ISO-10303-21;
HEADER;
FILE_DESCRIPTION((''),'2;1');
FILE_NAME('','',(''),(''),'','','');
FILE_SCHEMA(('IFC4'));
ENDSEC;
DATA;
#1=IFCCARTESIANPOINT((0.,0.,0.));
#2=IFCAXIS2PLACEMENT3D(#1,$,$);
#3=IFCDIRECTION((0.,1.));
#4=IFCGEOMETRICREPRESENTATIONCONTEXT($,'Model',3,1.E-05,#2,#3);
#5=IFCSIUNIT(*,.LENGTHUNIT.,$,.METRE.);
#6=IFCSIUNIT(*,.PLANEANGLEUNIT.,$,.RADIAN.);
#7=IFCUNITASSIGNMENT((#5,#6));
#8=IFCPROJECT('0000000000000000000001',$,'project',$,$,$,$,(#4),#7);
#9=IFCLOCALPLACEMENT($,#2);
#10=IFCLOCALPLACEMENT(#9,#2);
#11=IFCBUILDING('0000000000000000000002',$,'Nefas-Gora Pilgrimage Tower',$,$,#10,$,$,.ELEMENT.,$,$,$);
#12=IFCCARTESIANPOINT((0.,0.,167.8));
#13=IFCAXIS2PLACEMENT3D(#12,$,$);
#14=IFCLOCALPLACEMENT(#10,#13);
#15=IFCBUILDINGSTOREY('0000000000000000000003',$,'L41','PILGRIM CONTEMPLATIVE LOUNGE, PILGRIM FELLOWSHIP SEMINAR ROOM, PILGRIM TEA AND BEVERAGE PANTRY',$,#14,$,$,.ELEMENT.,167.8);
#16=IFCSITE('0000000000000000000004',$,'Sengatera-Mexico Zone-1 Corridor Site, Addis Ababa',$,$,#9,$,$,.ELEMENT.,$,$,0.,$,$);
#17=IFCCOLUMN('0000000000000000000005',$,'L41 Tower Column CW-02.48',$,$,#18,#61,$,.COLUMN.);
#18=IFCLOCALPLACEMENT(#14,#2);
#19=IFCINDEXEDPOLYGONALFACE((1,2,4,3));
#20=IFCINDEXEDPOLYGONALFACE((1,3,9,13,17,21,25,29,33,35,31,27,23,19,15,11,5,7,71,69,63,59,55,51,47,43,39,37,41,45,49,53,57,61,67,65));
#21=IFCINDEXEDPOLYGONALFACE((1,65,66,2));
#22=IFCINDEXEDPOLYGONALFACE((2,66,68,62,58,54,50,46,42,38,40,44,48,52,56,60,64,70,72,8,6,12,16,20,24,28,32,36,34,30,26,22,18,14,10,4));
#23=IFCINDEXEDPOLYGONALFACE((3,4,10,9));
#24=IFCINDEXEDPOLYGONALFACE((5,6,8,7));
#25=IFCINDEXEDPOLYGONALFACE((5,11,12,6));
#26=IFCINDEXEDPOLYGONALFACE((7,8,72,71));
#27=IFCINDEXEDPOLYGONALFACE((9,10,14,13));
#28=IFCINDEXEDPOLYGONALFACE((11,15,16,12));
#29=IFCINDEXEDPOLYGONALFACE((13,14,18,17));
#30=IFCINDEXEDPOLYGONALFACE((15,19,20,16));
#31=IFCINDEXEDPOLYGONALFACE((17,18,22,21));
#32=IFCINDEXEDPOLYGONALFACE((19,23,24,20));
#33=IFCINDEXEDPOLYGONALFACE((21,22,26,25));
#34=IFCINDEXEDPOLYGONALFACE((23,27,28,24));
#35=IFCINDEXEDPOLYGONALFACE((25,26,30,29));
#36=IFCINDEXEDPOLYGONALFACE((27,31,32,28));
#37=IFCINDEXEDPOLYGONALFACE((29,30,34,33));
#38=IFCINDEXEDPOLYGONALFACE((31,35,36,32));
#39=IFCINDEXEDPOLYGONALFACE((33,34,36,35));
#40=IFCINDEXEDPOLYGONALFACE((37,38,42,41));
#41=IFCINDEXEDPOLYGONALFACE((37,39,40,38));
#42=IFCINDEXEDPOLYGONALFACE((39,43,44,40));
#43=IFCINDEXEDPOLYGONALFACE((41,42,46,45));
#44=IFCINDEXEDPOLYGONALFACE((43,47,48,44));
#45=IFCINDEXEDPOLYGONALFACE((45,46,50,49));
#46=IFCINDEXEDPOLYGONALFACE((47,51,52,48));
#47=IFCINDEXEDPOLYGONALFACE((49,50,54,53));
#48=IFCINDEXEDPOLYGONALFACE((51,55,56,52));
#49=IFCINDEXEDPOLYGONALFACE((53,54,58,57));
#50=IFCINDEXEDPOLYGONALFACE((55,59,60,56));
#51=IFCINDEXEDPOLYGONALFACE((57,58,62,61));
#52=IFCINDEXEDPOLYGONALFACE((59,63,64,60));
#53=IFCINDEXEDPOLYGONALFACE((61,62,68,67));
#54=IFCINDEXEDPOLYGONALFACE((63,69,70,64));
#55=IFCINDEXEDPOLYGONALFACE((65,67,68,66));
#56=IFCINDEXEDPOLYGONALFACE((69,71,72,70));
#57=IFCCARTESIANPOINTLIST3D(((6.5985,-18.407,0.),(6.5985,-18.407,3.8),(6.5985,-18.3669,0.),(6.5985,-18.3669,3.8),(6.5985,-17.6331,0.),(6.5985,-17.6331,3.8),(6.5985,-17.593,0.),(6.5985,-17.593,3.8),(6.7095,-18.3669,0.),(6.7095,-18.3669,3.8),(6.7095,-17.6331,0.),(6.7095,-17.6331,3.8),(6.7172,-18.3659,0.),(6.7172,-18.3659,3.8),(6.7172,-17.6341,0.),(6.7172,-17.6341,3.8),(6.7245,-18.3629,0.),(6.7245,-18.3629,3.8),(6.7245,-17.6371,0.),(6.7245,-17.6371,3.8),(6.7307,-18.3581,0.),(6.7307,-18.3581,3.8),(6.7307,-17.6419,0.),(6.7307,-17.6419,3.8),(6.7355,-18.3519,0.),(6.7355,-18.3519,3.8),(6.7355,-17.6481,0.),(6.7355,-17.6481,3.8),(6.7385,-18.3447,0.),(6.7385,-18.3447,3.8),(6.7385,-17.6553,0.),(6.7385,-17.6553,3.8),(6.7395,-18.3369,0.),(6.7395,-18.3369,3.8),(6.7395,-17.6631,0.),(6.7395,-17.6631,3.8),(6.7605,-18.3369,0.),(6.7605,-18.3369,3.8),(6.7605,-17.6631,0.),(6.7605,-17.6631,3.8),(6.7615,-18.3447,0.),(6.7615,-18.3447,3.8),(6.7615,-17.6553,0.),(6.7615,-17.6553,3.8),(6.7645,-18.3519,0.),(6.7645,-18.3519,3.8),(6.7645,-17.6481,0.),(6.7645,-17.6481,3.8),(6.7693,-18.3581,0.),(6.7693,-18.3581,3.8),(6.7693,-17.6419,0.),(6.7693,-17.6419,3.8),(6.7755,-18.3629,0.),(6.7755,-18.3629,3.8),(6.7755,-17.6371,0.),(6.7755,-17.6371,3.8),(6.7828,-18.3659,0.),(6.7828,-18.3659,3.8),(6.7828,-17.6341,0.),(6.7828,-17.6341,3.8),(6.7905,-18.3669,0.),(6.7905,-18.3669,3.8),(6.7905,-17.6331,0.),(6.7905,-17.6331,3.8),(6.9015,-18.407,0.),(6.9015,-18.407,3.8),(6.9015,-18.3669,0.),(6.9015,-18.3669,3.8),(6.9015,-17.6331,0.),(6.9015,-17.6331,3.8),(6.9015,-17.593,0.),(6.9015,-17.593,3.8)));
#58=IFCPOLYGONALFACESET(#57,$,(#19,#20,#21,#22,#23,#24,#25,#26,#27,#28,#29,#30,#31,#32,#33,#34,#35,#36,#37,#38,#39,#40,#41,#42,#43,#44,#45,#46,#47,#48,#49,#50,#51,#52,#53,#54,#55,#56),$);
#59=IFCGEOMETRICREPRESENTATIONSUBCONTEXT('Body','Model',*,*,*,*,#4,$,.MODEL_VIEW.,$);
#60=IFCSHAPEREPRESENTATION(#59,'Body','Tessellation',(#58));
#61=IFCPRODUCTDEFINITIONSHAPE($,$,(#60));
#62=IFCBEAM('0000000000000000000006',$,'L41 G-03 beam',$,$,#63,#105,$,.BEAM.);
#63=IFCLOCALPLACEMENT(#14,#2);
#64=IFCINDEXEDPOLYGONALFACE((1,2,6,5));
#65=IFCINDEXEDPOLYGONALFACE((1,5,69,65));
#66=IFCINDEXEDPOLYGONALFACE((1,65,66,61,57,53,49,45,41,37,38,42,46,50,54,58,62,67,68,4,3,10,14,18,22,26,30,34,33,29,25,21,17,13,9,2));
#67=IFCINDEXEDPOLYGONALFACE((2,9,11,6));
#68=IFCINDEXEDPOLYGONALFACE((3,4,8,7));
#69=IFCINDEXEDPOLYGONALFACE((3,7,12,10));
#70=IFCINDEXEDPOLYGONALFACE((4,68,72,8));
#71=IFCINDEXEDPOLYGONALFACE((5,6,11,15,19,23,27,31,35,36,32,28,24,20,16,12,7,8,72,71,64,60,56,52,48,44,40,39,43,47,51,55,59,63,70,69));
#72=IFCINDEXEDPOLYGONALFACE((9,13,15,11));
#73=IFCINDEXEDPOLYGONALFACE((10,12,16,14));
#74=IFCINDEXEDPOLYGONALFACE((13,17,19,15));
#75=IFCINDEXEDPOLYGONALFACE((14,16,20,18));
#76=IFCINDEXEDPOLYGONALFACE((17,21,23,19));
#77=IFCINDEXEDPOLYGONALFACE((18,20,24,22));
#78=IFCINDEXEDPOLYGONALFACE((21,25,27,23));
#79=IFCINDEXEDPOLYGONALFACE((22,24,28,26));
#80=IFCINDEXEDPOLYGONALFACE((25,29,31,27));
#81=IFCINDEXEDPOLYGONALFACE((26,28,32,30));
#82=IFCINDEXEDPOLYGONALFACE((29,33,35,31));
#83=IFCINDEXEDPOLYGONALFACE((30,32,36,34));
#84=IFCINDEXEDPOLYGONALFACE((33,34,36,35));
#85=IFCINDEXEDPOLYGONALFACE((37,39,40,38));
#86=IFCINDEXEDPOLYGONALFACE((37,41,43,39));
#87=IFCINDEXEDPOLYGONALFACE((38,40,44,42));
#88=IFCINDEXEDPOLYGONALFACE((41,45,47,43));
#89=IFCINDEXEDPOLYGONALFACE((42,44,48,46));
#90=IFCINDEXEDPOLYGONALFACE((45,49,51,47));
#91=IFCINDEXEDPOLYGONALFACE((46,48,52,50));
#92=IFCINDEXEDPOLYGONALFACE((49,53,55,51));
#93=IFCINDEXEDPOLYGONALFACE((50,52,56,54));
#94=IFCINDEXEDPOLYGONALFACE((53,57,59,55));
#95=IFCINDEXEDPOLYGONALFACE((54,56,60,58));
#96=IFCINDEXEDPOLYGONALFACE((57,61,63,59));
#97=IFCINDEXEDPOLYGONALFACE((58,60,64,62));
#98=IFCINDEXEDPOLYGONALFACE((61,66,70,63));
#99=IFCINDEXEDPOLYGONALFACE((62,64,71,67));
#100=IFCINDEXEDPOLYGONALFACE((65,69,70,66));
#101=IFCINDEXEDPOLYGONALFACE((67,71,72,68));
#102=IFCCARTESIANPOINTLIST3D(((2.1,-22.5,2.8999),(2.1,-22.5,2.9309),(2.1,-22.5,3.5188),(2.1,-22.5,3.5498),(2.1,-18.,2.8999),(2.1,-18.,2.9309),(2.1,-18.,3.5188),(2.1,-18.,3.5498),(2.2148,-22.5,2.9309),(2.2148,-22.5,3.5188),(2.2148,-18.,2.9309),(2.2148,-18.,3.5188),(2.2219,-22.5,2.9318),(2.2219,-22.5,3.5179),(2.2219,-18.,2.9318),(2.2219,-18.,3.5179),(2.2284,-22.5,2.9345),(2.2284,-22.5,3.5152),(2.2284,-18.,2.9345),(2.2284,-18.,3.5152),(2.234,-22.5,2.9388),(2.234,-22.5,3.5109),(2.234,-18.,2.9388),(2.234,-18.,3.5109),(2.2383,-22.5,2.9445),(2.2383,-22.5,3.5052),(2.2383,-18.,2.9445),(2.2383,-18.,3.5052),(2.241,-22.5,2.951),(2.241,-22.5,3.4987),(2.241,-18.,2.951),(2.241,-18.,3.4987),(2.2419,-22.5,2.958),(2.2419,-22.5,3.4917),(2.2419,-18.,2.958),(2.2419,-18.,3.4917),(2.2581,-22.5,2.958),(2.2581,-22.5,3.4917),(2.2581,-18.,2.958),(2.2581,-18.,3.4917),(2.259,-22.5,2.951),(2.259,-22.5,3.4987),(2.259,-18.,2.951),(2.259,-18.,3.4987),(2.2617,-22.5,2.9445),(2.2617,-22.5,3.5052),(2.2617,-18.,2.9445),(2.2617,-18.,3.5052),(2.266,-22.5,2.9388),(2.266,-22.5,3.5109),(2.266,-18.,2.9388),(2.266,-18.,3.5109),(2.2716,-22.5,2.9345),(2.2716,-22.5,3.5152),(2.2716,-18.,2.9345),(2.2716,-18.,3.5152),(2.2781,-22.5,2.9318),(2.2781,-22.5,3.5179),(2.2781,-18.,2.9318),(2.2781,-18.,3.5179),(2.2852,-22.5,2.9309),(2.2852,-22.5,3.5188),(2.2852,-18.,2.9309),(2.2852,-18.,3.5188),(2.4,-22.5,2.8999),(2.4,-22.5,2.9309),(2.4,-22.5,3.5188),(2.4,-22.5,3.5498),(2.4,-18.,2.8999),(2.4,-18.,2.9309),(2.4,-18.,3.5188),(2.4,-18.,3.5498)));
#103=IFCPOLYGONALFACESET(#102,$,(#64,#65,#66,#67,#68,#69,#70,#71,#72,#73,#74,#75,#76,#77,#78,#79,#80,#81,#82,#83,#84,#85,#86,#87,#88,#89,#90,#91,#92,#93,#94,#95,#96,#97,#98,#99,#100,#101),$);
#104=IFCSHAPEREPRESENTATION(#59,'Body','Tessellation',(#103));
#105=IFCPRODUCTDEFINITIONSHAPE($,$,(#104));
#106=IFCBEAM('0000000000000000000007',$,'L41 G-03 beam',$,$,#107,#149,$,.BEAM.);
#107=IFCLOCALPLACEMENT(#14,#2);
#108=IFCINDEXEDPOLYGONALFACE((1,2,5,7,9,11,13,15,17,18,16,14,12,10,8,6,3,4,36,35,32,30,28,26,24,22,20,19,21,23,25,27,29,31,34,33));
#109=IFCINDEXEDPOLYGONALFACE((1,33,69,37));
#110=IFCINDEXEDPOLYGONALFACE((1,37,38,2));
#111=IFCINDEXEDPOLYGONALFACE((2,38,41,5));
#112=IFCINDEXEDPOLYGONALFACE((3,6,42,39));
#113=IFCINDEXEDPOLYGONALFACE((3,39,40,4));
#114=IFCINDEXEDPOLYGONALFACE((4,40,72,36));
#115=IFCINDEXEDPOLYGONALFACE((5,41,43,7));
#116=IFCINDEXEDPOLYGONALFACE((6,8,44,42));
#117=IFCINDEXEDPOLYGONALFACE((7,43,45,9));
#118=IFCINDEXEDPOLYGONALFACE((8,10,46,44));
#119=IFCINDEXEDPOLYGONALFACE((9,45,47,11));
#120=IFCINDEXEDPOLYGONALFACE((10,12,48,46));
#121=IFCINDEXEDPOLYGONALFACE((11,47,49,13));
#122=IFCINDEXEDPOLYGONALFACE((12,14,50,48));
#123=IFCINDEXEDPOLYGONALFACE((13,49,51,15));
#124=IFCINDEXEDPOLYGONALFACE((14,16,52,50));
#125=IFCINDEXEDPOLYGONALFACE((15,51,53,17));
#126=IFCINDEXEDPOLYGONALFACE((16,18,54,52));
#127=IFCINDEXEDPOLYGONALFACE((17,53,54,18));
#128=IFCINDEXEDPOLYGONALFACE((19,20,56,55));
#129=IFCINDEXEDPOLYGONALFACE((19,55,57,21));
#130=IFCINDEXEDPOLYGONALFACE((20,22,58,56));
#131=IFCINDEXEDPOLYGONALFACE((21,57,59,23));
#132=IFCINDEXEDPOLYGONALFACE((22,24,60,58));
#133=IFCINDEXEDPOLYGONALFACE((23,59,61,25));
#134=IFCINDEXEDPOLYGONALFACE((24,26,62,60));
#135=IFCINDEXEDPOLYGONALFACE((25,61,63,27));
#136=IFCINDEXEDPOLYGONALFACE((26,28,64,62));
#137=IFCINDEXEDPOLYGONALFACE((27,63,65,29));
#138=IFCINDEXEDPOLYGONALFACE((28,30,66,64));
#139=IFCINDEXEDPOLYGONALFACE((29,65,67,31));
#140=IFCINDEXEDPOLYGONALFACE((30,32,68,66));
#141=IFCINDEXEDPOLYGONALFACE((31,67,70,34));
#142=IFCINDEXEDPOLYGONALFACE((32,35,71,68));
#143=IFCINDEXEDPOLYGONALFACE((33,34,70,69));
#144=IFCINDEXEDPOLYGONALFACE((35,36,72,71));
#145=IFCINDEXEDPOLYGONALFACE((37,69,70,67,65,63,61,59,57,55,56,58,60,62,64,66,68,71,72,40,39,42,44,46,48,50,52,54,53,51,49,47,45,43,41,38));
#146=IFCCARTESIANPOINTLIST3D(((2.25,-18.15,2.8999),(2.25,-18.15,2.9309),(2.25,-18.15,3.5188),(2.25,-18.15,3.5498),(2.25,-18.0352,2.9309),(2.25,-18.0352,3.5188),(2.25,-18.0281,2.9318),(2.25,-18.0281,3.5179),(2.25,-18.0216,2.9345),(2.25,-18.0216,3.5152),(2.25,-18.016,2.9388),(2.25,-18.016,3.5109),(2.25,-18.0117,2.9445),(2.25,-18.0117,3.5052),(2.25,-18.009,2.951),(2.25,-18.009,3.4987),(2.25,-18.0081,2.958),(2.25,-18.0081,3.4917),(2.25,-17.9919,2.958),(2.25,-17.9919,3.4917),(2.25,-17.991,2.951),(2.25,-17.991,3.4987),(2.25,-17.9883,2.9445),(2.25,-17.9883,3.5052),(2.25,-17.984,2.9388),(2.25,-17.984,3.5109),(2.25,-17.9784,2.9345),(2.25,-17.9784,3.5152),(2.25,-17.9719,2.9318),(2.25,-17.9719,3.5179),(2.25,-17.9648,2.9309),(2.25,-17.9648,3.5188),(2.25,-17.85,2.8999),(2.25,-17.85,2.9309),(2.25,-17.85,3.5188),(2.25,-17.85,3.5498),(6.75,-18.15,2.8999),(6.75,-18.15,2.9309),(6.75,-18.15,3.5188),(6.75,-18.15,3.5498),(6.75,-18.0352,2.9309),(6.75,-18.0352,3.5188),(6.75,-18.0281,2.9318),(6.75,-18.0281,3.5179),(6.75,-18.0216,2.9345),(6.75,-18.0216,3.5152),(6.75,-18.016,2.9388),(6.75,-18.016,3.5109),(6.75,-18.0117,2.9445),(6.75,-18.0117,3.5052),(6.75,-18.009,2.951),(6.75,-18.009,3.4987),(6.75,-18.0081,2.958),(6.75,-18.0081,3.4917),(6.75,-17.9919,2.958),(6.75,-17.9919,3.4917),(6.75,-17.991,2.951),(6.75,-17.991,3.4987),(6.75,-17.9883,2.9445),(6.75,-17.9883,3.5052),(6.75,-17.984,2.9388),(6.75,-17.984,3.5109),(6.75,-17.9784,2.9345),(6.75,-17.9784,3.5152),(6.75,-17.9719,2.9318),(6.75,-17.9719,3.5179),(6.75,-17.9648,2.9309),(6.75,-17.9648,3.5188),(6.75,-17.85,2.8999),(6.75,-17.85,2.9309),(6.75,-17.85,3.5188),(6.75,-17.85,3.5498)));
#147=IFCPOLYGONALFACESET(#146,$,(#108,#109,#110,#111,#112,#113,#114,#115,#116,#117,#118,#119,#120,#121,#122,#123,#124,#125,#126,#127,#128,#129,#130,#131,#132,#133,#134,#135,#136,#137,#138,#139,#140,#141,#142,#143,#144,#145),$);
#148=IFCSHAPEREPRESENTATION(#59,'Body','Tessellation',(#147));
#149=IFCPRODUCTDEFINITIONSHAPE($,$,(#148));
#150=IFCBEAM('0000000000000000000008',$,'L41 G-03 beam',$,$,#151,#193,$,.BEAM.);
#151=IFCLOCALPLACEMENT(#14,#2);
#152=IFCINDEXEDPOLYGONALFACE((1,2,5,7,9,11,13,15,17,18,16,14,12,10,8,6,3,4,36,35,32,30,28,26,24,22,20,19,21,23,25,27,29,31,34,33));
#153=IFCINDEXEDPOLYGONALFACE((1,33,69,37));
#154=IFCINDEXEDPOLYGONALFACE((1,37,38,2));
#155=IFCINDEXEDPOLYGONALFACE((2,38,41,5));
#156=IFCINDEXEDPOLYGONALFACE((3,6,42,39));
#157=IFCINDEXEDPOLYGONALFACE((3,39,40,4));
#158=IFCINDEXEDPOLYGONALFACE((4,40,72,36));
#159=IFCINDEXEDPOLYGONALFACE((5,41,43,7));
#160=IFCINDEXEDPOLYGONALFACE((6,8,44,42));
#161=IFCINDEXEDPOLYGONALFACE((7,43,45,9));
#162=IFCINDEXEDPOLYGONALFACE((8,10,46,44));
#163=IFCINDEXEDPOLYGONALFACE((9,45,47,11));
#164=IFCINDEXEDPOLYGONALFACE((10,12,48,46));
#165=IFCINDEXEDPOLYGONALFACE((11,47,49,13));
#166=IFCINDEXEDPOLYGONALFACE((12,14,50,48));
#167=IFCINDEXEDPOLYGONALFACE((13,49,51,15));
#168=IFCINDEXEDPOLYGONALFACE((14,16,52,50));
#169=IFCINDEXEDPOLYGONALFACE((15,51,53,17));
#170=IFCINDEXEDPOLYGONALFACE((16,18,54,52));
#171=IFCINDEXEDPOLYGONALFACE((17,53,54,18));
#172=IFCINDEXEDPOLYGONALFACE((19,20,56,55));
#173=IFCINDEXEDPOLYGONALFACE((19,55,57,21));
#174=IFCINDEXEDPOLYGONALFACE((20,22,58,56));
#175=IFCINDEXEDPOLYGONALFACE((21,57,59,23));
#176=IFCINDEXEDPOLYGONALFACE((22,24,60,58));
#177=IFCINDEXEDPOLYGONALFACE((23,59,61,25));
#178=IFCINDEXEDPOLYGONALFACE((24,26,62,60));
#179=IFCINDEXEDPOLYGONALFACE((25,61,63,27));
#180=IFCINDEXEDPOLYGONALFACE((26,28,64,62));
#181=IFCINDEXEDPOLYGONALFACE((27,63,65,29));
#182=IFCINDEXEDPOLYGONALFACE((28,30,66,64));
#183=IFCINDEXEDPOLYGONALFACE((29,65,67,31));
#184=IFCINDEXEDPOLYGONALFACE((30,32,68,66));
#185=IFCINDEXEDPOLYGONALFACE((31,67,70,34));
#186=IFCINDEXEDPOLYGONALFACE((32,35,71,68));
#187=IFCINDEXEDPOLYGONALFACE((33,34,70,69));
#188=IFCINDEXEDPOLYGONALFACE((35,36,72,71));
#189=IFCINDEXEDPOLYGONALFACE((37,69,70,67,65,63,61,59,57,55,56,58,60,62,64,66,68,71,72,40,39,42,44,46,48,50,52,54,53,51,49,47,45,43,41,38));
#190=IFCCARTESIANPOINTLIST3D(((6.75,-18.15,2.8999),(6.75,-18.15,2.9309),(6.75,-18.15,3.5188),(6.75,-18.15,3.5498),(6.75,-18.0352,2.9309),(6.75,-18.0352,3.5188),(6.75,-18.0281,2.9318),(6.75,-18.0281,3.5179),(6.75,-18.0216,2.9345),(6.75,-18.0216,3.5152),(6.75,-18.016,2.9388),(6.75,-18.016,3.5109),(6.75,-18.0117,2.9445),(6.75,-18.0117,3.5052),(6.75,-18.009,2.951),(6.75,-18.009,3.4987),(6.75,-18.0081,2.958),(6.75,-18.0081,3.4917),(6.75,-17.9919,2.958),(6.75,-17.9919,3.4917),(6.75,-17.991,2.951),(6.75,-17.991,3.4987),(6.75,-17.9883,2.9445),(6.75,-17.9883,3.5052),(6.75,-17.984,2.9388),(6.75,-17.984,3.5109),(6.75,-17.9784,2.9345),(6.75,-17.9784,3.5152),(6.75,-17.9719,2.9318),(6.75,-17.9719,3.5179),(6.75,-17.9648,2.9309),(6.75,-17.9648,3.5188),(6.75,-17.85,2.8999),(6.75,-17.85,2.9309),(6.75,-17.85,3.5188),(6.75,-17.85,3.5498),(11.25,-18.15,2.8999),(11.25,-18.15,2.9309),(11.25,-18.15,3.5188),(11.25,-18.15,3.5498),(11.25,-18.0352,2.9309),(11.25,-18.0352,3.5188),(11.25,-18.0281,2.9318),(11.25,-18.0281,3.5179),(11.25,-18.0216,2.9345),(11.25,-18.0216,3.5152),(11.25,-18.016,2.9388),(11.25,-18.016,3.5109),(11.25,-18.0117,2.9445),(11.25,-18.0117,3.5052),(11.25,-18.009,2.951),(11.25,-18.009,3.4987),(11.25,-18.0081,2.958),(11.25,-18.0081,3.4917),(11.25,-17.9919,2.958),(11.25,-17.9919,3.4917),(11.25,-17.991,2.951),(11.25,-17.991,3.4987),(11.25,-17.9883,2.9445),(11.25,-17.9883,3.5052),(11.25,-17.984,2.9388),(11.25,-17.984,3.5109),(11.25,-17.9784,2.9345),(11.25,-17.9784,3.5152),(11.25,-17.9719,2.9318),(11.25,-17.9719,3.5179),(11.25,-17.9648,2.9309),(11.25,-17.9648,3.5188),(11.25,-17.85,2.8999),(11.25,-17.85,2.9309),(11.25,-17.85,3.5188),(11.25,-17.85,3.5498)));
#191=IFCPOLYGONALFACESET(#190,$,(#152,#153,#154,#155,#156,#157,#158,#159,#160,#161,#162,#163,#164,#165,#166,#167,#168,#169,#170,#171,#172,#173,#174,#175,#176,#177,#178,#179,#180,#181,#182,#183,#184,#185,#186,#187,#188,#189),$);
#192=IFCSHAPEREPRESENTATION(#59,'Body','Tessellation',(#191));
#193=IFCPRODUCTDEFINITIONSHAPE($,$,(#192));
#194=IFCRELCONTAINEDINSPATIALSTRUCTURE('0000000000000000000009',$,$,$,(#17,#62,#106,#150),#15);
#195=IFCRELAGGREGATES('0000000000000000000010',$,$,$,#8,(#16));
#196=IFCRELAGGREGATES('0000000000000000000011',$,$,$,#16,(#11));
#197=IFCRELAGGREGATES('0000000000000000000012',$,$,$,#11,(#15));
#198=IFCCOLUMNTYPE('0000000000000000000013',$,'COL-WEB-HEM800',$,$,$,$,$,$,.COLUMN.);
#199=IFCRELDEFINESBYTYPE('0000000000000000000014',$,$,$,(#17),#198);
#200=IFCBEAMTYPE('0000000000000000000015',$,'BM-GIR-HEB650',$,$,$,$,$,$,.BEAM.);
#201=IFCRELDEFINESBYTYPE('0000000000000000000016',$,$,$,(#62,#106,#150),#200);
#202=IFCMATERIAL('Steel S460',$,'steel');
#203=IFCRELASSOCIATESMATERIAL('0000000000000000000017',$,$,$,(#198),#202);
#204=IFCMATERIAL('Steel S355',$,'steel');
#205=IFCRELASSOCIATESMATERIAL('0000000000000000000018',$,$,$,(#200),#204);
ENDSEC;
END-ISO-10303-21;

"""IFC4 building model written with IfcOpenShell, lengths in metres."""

from ifc_helpers import new_model, si_unit, direction, frame, origin, origin_2d, place, context, subcontext, project, spatial, i_section, extrude, source, transform, mapped, material, material_profile, profile_set, type_object, element, save


model = new_model("IFC4")

# Units and contexts
model_context = context("Model", 3, precision=1e-05, world=origin(), true_north=direction((0.0, 1.0)))
body_context = subcontext(model_context, "Body", "Model", "MODEL_VIEW")
ifc_project = project(units=[si_unit("LENGTHUNIT", "METRE"), si_unit("PLANEANGLEUNIT", "RADIAN")], contexts=[model_context])

# Site, building, storey
site_placement = place(None, origin())
site = spatial("IfcSite", under=ifc_project, at=site_placement, Name="Sengatera-Mexico Zone-1 Corridor Site, Addis Ababa", CompositionType="ELEMENT", RefElevation=0.0)
building_placement = place(site_placement, origin())
building = spatial("IfcBuilding", under=site, at=building_placement, Name="Nefas-Gora Pilgrimage Tower", CompositionType="ELEMENT")
storey_placement = place(building_placement, frame((0.0, 0.0, 167.8)))
storey = spatial("IfcBuildingStorey", under=building, at=storey_placement, Name="L41", Description="PILGRIM CONTEMPLATIVE LOUNGE, PILGRIM FELLOWSHIP SEMINAR ROOM, PILGRIM TEA AND BEVERAGE PANTRY", CompositionType="ELEMENT", Elevation=167.8)

# Column
ifc_material_1 = material(Name="Steel S460", Category="steel")
ifc_material_profile_1 = material_profile(ifc_material_1, i_section(OverallWidth=0.303, OverallDepth=0.814, WebThickness=0.021, FlangeThickness=0.04, FilletRadius=0.03, at=origin_2d()), Name="HEM 800")
ifc_profile_set_1 = profile_set([ifc_material_profile_1], Name="Steel S460")
column_type_1 = type_object("IfcColumnType", Name="COL-WEB-HEM800", PredefinedType="COLUMN", material=ifc_profile_set_1)
shared_shape_1 = source(origin(), body_context, "Body", "SweptSolid", [
    extrude(i_section(OverallWidth=0.303, OverallDepth=0.814, WebThickness=0.021, FlangeThickness=0.04, FilletRadius=0.03, at=origin_2d()), origin(), (0.0, 0.0, 1.0), 3.8),
])
for number, where, z_axis, x_axis, name in (
    (1, (6.75, -18.0, 0.0), (0.0, 0.0, 1.0), (1.0, 0.0, 0.0), "L41 Tower Column CW-02.48"),
):
    element("IfcColumn", number, at=place(storey_placement, frame(where, z_axis=z_axis, x_axis=x_axis)), inside=storey, type_object=column_type_1, Name=name, PredefinedType="COLUMN", context=body_context, shape_type="MappedRepresentation", body=[
        mapped(shared_shape_1, transform((0.0, 0.0, 0.0), x_axis=(1.0, 0.0, 0.0), y_axis=(0.0, 1.0, 0.0), z_axis=(0.0, 0.0, 1.0), scale=1.0)),
    ])

# Beams
ifc_material_2 = material(Name="Steel S355", Category="steel")
ifc_material_profile_2 = material_profile(ifc_material_2, i_section(OverallWidth=0.3, OverallDepth=0.6499, WebThickness=0.0161, FlangeThickness=0.031, FilletRadius=0.0271, at=origin_2d()), Name="HEB 650")
ifc_profile_set_2 = profile_set([ifc_material_profile_2], Name="Steel S355")
beam_type = type_object("IfcBeamType", Name="BM-GIR-HEB650", PredefinedType="BEAM", material=ifc_profile_set_2)
shared_shape_2 = source(origin(), body_context, "Body", "SweptSolid", [
    extrude(i_section(OverallWidth=0.3, OverallDepth=0.6499, WebThickness=0.0161, FlangeThickness=0.031, FilletRadius=0.0271, at=origin_2d()), origin(), (0.0, 0.0, 1.0), 4.5),
])
for number, where, z_axis, x_axis, name in (
    (2, (2.25, -22.5, 3.2249), (0.0, 1.0, 0.0), (-1.0, 0.0, 0.0), "L41 G-03 beam"),
    (3, (2.25, -18.0, 3.2249), (1.0, 0.0, 0.0), (0.0, 1.0, 0.0), "L41 G-03 beam"),
    (4, (6.75, -18.0, 3.2249), (1.0, 0.0, 0.0), (0.0, 1.0, 0.0), "L41 G-03 beam"),
):
    element("IfcBeam", number, at=place(storey_placement, frame(where, z_axis=z_axis, x_axis=x_axis)), inside=storey, type_object=beam_type, Name=name, PredefinedType="BEAM", context=body_context, shape_type="MappedRepresentation", body=[
        mapped(shared_shape_2, transform((0.0, 0.0, 0.0), x_axis=(1.0, 0.0, 0.0), y_axis=(0.0, 1.0, 0.0), z_axis=(0.0, 0.0, 1.0), scale=1.0)),
    ])

save(model, "model.ifc")
